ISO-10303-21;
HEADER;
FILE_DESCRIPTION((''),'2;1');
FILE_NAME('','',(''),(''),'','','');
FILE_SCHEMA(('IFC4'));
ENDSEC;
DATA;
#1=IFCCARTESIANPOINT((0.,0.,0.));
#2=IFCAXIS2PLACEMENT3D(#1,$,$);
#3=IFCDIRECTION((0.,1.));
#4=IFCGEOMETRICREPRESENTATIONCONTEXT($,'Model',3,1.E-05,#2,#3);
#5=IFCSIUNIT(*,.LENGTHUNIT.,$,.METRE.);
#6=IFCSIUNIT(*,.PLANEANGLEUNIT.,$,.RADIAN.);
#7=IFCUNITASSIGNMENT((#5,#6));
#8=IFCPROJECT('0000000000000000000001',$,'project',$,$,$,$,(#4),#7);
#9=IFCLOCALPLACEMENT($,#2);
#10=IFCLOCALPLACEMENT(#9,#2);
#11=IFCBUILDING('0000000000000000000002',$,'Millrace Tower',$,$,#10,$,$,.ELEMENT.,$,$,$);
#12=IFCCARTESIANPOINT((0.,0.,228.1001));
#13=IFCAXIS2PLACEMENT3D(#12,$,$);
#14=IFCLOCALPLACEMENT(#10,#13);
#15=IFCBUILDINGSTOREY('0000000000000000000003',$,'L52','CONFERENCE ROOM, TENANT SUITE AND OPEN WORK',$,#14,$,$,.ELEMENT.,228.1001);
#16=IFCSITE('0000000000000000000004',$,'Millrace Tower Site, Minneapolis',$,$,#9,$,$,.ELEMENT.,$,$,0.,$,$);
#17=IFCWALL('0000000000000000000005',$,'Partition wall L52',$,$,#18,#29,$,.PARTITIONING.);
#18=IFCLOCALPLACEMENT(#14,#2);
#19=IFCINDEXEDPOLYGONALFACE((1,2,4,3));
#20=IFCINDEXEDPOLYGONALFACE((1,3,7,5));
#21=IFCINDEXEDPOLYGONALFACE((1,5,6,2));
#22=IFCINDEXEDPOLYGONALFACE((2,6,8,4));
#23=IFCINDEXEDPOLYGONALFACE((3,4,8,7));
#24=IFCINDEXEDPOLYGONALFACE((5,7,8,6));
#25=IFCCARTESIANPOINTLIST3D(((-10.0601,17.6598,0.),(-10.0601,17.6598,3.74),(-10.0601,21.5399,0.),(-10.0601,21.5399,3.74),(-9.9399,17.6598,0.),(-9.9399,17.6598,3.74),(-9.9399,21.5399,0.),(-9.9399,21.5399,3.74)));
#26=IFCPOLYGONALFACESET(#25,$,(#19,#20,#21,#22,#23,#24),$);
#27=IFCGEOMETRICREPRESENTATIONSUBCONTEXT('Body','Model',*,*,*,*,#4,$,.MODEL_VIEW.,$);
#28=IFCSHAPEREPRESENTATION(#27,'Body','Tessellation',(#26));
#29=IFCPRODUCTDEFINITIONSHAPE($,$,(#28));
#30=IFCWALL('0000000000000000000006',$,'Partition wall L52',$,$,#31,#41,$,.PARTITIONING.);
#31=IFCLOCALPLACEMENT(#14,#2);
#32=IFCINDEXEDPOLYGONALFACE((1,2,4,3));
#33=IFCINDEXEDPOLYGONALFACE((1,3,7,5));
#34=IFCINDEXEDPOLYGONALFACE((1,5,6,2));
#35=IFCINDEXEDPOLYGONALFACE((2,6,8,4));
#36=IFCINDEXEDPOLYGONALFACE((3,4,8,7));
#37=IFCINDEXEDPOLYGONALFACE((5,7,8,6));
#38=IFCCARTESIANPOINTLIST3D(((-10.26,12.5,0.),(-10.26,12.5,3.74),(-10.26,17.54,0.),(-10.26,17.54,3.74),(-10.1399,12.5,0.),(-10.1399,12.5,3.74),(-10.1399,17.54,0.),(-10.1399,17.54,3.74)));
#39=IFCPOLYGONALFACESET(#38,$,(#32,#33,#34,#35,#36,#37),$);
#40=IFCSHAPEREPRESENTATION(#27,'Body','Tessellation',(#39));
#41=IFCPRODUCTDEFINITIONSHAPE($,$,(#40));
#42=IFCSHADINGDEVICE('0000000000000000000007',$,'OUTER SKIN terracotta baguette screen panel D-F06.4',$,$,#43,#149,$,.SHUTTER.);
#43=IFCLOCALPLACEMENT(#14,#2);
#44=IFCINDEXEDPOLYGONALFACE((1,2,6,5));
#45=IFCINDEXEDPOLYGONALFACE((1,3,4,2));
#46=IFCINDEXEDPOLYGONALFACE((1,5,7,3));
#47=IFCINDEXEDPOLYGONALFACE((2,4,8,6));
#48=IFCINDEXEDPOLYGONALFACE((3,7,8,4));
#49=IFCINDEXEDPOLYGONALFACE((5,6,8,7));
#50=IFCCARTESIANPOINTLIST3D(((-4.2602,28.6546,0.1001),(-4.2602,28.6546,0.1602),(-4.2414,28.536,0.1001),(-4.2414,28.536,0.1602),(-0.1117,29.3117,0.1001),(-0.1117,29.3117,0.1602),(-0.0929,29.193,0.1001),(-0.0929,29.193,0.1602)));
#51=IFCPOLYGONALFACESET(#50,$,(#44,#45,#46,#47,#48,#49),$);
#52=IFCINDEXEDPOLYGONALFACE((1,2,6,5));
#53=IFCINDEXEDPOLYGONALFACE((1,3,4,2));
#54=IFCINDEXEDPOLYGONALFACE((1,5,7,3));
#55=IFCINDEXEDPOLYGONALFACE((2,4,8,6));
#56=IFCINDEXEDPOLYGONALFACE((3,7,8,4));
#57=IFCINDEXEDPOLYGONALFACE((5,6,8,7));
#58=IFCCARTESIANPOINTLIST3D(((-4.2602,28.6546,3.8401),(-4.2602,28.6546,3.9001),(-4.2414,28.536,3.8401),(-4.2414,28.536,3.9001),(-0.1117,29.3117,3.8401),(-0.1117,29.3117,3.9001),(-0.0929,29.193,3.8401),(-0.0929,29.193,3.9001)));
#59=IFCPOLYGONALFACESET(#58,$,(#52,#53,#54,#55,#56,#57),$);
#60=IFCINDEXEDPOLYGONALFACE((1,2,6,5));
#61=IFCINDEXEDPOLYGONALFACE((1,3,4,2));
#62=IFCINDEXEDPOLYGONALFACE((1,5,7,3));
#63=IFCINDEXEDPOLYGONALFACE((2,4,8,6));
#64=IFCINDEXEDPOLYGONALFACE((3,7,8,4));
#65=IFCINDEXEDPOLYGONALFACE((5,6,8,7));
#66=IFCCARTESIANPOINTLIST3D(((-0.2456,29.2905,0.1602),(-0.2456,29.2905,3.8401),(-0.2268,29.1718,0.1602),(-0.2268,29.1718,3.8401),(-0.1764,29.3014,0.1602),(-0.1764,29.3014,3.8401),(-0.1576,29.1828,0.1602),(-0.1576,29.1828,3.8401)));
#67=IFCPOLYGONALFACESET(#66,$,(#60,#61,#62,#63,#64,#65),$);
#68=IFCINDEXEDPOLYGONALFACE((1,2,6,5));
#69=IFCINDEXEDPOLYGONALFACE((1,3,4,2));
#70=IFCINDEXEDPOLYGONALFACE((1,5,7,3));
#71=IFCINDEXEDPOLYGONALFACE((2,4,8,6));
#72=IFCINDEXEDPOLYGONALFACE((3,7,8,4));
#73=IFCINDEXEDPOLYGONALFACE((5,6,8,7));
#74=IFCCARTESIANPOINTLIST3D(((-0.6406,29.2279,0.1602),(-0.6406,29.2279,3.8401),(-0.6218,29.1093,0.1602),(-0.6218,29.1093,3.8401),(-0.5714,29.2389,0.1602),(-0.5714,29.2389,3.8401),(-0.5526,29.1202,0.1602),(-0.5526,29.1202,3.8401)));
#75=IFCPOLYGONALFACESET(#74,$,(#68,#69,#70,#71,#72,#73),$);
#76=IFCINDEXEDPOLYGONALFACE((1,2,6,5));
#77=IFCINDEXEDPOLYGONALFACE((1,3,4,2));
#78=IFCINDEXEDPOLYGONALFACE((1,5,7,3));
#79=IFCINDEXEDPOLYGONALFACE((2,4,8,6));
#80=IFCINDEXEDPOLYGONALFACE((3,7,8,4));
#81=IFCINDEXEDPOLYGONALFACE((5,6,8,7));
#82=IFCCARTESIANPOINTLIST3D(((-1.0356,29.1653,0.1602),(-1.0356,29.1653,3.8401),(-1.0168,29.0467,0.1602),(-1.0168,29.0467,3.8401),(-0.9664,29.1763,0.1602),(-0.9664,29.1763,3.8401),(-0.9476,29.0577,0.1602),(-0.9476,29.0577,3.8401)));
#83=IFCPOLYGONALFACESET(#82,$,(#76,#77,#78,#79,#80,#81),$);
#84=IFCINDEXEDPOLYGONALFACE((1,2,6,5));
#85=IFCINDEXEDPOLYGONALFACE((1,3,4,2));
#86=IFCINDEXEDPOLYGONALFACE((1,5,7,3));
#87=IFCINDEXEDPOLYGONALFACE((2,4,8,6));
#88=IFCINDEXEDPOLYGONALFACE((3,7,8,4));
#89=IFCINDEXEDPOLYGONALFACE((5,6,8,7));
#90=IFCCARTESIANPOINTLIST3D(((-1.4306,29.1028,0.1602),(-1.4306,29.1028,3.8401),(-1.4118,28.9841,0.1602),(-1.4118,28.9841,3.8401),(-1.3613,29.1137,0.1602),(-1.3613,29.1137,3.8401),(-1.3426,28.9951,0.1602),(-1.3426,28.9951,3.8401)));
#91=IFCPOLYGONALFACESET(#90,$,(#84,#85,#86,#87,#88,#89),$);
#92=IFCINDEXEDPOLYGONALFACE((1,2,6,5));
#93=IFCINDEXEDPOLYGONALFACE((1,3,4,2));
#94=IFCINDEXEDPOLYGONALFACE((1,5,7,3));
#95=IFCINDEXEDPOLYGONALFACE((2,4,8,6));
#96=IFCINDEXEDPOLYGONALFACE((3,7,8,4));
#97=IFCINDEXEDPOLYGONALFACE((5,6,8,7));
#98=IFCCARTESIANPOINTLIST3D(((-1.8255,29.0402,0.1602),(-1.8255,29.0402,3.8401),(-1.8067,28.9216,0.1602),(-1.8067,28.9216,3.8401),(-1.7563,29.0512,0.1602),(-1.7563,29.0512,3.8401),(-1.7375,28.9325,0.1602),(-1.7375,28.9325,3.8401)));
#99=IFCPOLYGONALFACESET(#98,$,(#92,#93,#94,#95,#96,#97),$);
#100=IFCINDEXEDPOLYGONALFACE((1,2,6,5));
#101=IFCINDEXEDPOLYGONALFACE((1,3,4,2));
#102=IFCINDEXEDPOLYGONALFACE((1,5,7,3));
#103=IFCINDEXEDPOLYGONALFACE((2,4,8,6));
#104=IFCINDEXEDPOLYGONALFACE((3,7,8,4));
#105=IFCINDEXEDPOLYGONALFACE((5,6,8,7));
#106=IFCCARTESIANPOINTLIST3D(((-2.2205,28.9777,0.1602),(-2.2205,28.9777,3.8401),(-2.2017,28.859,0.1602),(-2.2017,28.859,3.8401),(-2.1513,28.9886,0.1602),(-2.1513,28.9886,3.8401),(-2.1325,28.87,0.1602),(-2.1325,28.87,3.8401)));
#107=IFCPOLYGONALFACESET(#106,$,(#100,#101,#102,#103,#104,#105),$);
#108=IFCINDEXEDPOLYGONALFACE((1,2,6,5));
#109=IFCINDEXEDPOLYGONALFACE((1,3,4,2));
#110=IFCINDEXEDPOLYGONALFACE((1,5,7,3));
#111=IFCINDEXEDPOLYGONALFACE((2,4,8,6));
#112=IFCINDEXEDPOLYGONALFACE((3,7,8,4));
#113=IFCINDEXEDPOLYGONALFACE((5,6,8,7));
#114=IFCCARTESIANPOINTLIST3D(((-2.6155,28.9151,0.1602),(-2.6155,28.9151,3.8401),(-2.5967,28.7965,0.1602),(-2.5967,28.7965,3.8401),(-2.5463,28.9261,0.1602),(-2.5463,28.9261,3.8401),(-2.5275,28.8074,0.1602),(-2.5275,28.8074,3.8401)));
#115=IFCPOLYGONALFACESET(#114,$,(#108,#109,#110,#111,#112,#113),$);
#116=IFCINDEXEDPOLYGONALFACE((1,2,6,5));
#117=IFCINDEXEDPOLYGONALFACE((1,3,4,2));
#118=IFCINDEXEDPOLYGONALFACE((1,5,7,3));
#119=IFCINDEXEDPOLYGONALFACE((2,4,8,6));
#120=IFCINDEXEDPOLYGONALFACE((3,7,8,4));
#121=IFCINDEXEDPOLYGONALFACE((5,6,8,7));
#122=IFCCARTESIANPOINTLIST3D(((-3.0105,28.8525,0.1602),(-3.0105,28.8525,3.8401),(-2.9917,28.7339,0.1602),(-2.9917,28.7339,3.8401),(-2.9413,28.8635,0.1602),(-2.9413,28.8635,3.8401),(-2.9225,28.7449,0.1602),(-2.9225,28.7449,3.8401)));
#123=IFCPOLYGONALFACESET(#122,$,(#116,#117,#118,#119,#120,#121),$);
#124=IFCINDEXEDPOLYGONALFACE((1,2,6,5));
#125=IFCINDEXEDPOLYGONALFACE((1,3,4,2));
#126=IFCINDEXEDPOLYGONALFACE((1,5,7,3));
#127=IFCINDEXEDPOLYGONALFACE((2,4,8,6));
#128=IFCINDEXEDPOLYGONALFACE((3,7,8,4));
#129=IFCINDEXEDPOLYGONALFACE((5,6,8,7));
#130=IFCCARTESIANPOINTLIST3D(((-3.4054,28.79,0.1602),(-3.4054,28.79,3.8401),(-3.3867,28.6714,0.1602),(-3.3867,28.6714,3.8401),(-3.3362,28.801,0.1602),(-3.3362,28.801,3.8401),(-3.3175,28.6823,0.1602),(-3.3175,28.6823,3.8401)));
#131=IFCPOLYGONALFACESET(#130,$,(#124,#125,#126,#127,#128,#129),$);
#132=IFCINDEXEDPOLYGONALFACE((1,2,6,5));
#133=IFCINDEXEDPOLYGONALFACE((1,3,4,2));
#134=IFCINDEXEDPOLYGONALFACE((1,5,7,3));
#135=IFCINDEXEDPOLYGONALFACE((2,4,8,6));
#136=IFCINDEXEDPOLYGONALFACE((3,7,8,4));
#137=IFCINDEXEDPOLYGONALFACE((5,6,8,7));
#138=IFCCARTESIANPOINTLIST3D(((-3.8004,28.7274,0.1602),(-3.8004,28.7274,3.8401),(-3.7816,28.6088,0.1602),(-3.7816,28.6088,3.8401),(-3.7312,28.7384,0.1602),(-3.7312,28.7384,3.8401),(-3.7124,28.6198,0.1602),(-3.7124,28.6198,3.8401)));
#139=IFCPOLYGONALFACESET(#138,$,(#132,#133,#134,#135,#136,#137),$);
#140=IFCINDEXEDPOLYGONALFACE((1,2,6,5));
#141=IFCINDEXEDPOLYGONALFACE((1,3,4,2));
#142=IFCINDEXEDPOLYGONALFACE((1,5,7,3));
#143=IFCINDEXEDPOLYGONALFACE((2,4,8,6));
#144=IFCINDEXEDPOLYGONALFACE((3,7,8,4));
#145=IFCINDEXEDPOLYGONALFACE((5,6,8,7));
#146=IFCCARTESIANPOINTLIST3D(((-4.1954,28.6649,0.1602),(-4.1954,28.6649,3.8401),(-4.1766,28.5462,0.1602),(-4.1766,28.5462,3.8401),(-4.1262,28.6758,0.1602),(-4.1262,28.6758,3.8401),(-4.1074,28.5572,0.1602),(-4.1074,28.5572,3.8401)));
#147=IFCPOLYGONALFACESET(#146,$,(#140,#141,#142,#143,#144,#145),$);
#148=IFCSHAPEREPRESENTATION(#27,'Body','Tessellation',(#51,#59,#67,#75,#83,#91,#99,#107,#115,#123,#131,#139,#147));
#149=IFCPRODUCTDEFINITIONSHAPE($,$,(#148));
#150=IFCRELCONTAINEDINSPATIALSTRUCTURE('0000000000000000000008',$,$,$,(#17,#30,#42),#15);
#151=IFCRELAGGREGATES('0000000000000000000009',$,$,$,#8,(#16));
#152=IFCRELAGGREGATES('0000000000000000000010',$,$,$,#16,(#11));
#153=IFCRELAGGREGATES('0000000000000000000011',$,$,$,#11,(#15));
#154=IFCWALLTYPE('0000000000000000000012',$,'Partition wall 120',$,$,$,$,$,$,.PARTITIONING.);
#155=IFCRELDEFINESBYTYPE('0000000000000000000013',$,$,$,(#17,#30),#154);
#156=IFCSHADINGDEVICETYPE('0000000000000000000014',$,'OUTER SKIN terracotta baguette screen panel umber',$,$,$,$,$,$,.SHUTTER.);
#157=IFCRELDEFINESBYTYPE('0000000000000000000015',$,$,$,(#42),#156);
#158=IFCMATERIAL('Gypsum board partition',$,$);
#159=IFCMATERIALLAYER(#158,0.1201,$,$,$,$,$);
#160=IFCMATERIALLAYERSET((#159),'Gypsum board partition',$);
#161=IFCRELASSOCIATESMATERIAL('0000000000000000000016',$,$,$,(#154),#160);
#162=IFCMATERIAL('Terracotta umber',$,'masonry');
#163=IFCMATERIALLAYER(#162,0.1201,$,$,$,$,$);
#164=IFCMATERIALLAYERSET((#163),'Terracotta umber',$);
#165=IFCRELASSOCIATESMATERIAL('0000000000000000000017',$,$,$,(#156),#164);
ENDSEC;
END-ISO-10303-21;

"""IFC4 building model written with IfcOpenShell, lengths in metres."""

from ifc_helpers import new_model, entity, si_unit, direction, frame, frame_2d, origin, origin_2d, place, context, subcontext, project, spatial, rectangle, extrude, source, transform, mapped, material, layer, layer_set, type_object, element, save


model = new_model("IFC4")

# Units and contexts
model_context = context("Model", 3, precision=1e-05, world=origin(), true_north=direction((0.0, 1.0)))
body_context = subcontext(model_context, "Body", "Model", "MODEL_VIEW")
ifc_project = project(units=[si_unit("LENGTHUNIT", "METRE"), si_unit("PLANEANGLEUNIT", "RADIAN")], contexts=[model_context])

# Site, building, storey
site_placement = place(None, origin())
site = spatial("IfcSite", under=ifc_project, at=site_placement, Name="Millrace Tower Site, Minneapolis", CompositionType="ELEMENT", RefElevation=0.0)
building_placement = place(site_placement, origin())
building = spatial("IfcBuilding", under=site, at=building_placement, Name="Millrace Tower", CompositionType="ELEMENT")
storey_placement = place(building_placement, frame((0.0, 0.0, 228.1001)))
storey = spatial("IfcBuildingStorey", under=building, at=storey_placement, Name="L52", Description="CONFERENCE ROOM, TENANT SUITE AND OPEN WORK", CompositionType="ELEMENT", Elevation=228.1001)

# Walls
ifc_material_1 = material(Name="Gypsum board partition")
ifc_layer_1 = layer(ifc_material_1, 0.1201)
ifc_layer_set_1 = layer_set([ifc_layer_1], Name="Gypsum board partition")
wall_type_1 = type_object("IfcWallType", Name="Partition wall 120", PredefinedType="PARTITIONING", material=ifc_layer_set_1)
wall_1_placement = place(storey_placement, frame((-10.0, 17.6599, 0.0), z_axis=(0.0, 0.0, 1.0), x_axis=(0.0, 1.0, 0.0)))
element("IfcWall", 1, at=wall_1_placement, inside=storey, type_object=wall_type_1, Name="Partition wall L52", PredefinedType="PARTITIONING", context=body_context, shape_type="SweptSolid", body=[
    extrude(rectangle(XDim=3.8801, YDim=0.1201, at=frame_2d((1.9399, 0.0))), origin(), (0.0, 0.0, 1.0), 3.74),
])
wall_2_placement = place(storey_placement, frame((-10.2, 12.5, 0.0), z_axis=(0.0, 0.0, 1.0), x_axis=(0.0, 1.0, 0.0)))
element("IfcWall", 2, at=wall_2_placement, inside=storey, type_object=wall_type_1, Name="Partition wall L52", PredefinedType="PARTITIONING", context=body_context, shape_type="SweptSolid", body=[
    extrude(rectangle(XDim=5.04, YDim=0.1201, at=frame_2d((2.52, 0.0))), origin(), (0.0, 0.0, 1.0), 3.74),
])

# Shading device
ifc_material_2 = material(Name="Terracotta umber", Category="masonry")
ifc_layer_2 = layer(ifc_material_2, 0.1201)
ifc_layer_set_2 = layer_set([ifc_layer_2], Name="Terracotta umber")
shading_device_type = type_object("IfcShadingDeviceType", Name="OUTER SKIN terracotta baguette screen panel umber", PredefinedType="SHUTTER", material=ifc_layer_set_2)
cartesian_point = entity("IfcCartesianPoint", [-2.1001, 0.0601])
shared_polyline = entity("IfcPolyline", [cartesian_point, entity("IfcCartesianPoint", [2.1001, 0.0601]), entity("IfcCartesianPoint", [2.1001, -0.0601]), entity("IfcCartesianPoint", [-2.1001, -0.0601]), cartesian_point])
shared_shape = source(origin(), body_context, "Body", "SweptSolid", [
    entity("IfcExtrudedAreaSolid", entity("IfcArbitraryClosedProfileDef", "AREA", None, shared_polyline), entity("IfcAxis2Placement3D", entity("IfcCartesianPoint", [0.0, 0.0, 0.0])), entity("IfcDirection", [0.0, 0.0, 1.0]), 0.0601),
    entity("IfcExtrudedAreaSolid", entity("IfcArbitraryClosedProfileDef", "AREA", None, shared_polyline), entity("IfcAxis2Placement3D", entity("IfcCartesianPoint", [0.0, 0.0, 3.74])), entity("IfcDirection", [0.0, 0.0, 1.0]), 0.0601),
    extrude(rectangle(XDim=0.0701, YDim=0.1201, at=frame_2d((-1.9995, 0.0))), frame((0.0, 0.0, 0.0601)), (0.0, 0.0, 1.0), 3.6799),
    extrude(rectangle(XDim=0.0701, YDim=0.1201, at=frame_2d((-1.5996, 0.0))), frame((0.0, 0.0, 0.0601)), (0.0, 0.0, 1.0), 3.6799),
    extrude(rectangle(XDim=0.0701, YDim=0.1201, at=frame_2d((-1.1997, 0.0))), frame((0.0, 0.0, 0.0601)), (0.0, 0.0, 1.0), 3.6799),
    extrude(rectangle(XDim=0.0701, YDim=0.1201, at=frame_2d((-0.7998, 0.0))), frame((0.0, 0.0, 0.0601)), (0.0, 0.0, 1.0), 3.6799),
    extrude(rectangle(XDim=0.0701, YDim=0.1201, at=frame_2d((-0.3999, 0.0))), frame((0.0, 0.0, 0.0601)), (0.0, 0.0, 1.0), 3.6799),
    extrude(rectangle(XDim=0.0701, YDim=0.1201, at=origin_2d()), frame((0.0, 0.0, 0.0601)), (0.0, 0.0, 1.0), 3.6799),
    extrude(rectangle(XDim=0.0701, YDim=0.1201, at=frame_2d((0.3999, 0.0))), frame((0.0, 0.0, 0.0601)), (0.0, 0.0, 1.0), 3.6799),
    extrude(rectangle(XDim=0.0701, YDim=0.1201, at=frame_2d((0.7998, 0.0))), frame((0.0, 0.0, 0.0601)), (0.0, 0.0, 1.0), 3.6799),
    extrude(rectangle(XDim=0.0701, YDim=0.1201, at=frame_2d((1.1997, 0.0))), frame((0.0, 0.0, 0.0601)), (0.0, 0.0, 1.0), 3.6799),
    extrude(rectangle(XDim=0.0701, YDim=0.1201, at=frame_2d((1.5996, 0.0))), frame((0.0, 0.0, 0.0601)), (0.0, 0.0, 1.0), 3.6799),
    extrude(rectangle(XDim=0.0701, YDim=0.1201, at=frame_2d((1.9995, 0.0))), frame((0.0, 0.0, 0.0601)), (0.0, 0.0, 1.0), 3.6799),
])
for number, where, z_axis, x_axis, name in (
    (3, (-2.1765, 28.9238, 0.1001), (0.0, 0.0, 1.0), (-0.987688, -0.156434, 0.0), "OUTER SKIN terracotta baguette screen panel D-F06.4"),
):
    element("IfcShadingDevice", number, at=place(storey_placement, frame(where, z_axis=z_axis, x_axis=x_axis)), inside=storey, type_object=shading_device_type, Name=name, PredefinedType="SHUTTER", context=body_context, shape_type="MappedRepresentation", body=[
        mapped(shared_shape, transform((0.0, 0.0, 0.0), scale=1.0)),
    ])

save(model, "model.ifc")
